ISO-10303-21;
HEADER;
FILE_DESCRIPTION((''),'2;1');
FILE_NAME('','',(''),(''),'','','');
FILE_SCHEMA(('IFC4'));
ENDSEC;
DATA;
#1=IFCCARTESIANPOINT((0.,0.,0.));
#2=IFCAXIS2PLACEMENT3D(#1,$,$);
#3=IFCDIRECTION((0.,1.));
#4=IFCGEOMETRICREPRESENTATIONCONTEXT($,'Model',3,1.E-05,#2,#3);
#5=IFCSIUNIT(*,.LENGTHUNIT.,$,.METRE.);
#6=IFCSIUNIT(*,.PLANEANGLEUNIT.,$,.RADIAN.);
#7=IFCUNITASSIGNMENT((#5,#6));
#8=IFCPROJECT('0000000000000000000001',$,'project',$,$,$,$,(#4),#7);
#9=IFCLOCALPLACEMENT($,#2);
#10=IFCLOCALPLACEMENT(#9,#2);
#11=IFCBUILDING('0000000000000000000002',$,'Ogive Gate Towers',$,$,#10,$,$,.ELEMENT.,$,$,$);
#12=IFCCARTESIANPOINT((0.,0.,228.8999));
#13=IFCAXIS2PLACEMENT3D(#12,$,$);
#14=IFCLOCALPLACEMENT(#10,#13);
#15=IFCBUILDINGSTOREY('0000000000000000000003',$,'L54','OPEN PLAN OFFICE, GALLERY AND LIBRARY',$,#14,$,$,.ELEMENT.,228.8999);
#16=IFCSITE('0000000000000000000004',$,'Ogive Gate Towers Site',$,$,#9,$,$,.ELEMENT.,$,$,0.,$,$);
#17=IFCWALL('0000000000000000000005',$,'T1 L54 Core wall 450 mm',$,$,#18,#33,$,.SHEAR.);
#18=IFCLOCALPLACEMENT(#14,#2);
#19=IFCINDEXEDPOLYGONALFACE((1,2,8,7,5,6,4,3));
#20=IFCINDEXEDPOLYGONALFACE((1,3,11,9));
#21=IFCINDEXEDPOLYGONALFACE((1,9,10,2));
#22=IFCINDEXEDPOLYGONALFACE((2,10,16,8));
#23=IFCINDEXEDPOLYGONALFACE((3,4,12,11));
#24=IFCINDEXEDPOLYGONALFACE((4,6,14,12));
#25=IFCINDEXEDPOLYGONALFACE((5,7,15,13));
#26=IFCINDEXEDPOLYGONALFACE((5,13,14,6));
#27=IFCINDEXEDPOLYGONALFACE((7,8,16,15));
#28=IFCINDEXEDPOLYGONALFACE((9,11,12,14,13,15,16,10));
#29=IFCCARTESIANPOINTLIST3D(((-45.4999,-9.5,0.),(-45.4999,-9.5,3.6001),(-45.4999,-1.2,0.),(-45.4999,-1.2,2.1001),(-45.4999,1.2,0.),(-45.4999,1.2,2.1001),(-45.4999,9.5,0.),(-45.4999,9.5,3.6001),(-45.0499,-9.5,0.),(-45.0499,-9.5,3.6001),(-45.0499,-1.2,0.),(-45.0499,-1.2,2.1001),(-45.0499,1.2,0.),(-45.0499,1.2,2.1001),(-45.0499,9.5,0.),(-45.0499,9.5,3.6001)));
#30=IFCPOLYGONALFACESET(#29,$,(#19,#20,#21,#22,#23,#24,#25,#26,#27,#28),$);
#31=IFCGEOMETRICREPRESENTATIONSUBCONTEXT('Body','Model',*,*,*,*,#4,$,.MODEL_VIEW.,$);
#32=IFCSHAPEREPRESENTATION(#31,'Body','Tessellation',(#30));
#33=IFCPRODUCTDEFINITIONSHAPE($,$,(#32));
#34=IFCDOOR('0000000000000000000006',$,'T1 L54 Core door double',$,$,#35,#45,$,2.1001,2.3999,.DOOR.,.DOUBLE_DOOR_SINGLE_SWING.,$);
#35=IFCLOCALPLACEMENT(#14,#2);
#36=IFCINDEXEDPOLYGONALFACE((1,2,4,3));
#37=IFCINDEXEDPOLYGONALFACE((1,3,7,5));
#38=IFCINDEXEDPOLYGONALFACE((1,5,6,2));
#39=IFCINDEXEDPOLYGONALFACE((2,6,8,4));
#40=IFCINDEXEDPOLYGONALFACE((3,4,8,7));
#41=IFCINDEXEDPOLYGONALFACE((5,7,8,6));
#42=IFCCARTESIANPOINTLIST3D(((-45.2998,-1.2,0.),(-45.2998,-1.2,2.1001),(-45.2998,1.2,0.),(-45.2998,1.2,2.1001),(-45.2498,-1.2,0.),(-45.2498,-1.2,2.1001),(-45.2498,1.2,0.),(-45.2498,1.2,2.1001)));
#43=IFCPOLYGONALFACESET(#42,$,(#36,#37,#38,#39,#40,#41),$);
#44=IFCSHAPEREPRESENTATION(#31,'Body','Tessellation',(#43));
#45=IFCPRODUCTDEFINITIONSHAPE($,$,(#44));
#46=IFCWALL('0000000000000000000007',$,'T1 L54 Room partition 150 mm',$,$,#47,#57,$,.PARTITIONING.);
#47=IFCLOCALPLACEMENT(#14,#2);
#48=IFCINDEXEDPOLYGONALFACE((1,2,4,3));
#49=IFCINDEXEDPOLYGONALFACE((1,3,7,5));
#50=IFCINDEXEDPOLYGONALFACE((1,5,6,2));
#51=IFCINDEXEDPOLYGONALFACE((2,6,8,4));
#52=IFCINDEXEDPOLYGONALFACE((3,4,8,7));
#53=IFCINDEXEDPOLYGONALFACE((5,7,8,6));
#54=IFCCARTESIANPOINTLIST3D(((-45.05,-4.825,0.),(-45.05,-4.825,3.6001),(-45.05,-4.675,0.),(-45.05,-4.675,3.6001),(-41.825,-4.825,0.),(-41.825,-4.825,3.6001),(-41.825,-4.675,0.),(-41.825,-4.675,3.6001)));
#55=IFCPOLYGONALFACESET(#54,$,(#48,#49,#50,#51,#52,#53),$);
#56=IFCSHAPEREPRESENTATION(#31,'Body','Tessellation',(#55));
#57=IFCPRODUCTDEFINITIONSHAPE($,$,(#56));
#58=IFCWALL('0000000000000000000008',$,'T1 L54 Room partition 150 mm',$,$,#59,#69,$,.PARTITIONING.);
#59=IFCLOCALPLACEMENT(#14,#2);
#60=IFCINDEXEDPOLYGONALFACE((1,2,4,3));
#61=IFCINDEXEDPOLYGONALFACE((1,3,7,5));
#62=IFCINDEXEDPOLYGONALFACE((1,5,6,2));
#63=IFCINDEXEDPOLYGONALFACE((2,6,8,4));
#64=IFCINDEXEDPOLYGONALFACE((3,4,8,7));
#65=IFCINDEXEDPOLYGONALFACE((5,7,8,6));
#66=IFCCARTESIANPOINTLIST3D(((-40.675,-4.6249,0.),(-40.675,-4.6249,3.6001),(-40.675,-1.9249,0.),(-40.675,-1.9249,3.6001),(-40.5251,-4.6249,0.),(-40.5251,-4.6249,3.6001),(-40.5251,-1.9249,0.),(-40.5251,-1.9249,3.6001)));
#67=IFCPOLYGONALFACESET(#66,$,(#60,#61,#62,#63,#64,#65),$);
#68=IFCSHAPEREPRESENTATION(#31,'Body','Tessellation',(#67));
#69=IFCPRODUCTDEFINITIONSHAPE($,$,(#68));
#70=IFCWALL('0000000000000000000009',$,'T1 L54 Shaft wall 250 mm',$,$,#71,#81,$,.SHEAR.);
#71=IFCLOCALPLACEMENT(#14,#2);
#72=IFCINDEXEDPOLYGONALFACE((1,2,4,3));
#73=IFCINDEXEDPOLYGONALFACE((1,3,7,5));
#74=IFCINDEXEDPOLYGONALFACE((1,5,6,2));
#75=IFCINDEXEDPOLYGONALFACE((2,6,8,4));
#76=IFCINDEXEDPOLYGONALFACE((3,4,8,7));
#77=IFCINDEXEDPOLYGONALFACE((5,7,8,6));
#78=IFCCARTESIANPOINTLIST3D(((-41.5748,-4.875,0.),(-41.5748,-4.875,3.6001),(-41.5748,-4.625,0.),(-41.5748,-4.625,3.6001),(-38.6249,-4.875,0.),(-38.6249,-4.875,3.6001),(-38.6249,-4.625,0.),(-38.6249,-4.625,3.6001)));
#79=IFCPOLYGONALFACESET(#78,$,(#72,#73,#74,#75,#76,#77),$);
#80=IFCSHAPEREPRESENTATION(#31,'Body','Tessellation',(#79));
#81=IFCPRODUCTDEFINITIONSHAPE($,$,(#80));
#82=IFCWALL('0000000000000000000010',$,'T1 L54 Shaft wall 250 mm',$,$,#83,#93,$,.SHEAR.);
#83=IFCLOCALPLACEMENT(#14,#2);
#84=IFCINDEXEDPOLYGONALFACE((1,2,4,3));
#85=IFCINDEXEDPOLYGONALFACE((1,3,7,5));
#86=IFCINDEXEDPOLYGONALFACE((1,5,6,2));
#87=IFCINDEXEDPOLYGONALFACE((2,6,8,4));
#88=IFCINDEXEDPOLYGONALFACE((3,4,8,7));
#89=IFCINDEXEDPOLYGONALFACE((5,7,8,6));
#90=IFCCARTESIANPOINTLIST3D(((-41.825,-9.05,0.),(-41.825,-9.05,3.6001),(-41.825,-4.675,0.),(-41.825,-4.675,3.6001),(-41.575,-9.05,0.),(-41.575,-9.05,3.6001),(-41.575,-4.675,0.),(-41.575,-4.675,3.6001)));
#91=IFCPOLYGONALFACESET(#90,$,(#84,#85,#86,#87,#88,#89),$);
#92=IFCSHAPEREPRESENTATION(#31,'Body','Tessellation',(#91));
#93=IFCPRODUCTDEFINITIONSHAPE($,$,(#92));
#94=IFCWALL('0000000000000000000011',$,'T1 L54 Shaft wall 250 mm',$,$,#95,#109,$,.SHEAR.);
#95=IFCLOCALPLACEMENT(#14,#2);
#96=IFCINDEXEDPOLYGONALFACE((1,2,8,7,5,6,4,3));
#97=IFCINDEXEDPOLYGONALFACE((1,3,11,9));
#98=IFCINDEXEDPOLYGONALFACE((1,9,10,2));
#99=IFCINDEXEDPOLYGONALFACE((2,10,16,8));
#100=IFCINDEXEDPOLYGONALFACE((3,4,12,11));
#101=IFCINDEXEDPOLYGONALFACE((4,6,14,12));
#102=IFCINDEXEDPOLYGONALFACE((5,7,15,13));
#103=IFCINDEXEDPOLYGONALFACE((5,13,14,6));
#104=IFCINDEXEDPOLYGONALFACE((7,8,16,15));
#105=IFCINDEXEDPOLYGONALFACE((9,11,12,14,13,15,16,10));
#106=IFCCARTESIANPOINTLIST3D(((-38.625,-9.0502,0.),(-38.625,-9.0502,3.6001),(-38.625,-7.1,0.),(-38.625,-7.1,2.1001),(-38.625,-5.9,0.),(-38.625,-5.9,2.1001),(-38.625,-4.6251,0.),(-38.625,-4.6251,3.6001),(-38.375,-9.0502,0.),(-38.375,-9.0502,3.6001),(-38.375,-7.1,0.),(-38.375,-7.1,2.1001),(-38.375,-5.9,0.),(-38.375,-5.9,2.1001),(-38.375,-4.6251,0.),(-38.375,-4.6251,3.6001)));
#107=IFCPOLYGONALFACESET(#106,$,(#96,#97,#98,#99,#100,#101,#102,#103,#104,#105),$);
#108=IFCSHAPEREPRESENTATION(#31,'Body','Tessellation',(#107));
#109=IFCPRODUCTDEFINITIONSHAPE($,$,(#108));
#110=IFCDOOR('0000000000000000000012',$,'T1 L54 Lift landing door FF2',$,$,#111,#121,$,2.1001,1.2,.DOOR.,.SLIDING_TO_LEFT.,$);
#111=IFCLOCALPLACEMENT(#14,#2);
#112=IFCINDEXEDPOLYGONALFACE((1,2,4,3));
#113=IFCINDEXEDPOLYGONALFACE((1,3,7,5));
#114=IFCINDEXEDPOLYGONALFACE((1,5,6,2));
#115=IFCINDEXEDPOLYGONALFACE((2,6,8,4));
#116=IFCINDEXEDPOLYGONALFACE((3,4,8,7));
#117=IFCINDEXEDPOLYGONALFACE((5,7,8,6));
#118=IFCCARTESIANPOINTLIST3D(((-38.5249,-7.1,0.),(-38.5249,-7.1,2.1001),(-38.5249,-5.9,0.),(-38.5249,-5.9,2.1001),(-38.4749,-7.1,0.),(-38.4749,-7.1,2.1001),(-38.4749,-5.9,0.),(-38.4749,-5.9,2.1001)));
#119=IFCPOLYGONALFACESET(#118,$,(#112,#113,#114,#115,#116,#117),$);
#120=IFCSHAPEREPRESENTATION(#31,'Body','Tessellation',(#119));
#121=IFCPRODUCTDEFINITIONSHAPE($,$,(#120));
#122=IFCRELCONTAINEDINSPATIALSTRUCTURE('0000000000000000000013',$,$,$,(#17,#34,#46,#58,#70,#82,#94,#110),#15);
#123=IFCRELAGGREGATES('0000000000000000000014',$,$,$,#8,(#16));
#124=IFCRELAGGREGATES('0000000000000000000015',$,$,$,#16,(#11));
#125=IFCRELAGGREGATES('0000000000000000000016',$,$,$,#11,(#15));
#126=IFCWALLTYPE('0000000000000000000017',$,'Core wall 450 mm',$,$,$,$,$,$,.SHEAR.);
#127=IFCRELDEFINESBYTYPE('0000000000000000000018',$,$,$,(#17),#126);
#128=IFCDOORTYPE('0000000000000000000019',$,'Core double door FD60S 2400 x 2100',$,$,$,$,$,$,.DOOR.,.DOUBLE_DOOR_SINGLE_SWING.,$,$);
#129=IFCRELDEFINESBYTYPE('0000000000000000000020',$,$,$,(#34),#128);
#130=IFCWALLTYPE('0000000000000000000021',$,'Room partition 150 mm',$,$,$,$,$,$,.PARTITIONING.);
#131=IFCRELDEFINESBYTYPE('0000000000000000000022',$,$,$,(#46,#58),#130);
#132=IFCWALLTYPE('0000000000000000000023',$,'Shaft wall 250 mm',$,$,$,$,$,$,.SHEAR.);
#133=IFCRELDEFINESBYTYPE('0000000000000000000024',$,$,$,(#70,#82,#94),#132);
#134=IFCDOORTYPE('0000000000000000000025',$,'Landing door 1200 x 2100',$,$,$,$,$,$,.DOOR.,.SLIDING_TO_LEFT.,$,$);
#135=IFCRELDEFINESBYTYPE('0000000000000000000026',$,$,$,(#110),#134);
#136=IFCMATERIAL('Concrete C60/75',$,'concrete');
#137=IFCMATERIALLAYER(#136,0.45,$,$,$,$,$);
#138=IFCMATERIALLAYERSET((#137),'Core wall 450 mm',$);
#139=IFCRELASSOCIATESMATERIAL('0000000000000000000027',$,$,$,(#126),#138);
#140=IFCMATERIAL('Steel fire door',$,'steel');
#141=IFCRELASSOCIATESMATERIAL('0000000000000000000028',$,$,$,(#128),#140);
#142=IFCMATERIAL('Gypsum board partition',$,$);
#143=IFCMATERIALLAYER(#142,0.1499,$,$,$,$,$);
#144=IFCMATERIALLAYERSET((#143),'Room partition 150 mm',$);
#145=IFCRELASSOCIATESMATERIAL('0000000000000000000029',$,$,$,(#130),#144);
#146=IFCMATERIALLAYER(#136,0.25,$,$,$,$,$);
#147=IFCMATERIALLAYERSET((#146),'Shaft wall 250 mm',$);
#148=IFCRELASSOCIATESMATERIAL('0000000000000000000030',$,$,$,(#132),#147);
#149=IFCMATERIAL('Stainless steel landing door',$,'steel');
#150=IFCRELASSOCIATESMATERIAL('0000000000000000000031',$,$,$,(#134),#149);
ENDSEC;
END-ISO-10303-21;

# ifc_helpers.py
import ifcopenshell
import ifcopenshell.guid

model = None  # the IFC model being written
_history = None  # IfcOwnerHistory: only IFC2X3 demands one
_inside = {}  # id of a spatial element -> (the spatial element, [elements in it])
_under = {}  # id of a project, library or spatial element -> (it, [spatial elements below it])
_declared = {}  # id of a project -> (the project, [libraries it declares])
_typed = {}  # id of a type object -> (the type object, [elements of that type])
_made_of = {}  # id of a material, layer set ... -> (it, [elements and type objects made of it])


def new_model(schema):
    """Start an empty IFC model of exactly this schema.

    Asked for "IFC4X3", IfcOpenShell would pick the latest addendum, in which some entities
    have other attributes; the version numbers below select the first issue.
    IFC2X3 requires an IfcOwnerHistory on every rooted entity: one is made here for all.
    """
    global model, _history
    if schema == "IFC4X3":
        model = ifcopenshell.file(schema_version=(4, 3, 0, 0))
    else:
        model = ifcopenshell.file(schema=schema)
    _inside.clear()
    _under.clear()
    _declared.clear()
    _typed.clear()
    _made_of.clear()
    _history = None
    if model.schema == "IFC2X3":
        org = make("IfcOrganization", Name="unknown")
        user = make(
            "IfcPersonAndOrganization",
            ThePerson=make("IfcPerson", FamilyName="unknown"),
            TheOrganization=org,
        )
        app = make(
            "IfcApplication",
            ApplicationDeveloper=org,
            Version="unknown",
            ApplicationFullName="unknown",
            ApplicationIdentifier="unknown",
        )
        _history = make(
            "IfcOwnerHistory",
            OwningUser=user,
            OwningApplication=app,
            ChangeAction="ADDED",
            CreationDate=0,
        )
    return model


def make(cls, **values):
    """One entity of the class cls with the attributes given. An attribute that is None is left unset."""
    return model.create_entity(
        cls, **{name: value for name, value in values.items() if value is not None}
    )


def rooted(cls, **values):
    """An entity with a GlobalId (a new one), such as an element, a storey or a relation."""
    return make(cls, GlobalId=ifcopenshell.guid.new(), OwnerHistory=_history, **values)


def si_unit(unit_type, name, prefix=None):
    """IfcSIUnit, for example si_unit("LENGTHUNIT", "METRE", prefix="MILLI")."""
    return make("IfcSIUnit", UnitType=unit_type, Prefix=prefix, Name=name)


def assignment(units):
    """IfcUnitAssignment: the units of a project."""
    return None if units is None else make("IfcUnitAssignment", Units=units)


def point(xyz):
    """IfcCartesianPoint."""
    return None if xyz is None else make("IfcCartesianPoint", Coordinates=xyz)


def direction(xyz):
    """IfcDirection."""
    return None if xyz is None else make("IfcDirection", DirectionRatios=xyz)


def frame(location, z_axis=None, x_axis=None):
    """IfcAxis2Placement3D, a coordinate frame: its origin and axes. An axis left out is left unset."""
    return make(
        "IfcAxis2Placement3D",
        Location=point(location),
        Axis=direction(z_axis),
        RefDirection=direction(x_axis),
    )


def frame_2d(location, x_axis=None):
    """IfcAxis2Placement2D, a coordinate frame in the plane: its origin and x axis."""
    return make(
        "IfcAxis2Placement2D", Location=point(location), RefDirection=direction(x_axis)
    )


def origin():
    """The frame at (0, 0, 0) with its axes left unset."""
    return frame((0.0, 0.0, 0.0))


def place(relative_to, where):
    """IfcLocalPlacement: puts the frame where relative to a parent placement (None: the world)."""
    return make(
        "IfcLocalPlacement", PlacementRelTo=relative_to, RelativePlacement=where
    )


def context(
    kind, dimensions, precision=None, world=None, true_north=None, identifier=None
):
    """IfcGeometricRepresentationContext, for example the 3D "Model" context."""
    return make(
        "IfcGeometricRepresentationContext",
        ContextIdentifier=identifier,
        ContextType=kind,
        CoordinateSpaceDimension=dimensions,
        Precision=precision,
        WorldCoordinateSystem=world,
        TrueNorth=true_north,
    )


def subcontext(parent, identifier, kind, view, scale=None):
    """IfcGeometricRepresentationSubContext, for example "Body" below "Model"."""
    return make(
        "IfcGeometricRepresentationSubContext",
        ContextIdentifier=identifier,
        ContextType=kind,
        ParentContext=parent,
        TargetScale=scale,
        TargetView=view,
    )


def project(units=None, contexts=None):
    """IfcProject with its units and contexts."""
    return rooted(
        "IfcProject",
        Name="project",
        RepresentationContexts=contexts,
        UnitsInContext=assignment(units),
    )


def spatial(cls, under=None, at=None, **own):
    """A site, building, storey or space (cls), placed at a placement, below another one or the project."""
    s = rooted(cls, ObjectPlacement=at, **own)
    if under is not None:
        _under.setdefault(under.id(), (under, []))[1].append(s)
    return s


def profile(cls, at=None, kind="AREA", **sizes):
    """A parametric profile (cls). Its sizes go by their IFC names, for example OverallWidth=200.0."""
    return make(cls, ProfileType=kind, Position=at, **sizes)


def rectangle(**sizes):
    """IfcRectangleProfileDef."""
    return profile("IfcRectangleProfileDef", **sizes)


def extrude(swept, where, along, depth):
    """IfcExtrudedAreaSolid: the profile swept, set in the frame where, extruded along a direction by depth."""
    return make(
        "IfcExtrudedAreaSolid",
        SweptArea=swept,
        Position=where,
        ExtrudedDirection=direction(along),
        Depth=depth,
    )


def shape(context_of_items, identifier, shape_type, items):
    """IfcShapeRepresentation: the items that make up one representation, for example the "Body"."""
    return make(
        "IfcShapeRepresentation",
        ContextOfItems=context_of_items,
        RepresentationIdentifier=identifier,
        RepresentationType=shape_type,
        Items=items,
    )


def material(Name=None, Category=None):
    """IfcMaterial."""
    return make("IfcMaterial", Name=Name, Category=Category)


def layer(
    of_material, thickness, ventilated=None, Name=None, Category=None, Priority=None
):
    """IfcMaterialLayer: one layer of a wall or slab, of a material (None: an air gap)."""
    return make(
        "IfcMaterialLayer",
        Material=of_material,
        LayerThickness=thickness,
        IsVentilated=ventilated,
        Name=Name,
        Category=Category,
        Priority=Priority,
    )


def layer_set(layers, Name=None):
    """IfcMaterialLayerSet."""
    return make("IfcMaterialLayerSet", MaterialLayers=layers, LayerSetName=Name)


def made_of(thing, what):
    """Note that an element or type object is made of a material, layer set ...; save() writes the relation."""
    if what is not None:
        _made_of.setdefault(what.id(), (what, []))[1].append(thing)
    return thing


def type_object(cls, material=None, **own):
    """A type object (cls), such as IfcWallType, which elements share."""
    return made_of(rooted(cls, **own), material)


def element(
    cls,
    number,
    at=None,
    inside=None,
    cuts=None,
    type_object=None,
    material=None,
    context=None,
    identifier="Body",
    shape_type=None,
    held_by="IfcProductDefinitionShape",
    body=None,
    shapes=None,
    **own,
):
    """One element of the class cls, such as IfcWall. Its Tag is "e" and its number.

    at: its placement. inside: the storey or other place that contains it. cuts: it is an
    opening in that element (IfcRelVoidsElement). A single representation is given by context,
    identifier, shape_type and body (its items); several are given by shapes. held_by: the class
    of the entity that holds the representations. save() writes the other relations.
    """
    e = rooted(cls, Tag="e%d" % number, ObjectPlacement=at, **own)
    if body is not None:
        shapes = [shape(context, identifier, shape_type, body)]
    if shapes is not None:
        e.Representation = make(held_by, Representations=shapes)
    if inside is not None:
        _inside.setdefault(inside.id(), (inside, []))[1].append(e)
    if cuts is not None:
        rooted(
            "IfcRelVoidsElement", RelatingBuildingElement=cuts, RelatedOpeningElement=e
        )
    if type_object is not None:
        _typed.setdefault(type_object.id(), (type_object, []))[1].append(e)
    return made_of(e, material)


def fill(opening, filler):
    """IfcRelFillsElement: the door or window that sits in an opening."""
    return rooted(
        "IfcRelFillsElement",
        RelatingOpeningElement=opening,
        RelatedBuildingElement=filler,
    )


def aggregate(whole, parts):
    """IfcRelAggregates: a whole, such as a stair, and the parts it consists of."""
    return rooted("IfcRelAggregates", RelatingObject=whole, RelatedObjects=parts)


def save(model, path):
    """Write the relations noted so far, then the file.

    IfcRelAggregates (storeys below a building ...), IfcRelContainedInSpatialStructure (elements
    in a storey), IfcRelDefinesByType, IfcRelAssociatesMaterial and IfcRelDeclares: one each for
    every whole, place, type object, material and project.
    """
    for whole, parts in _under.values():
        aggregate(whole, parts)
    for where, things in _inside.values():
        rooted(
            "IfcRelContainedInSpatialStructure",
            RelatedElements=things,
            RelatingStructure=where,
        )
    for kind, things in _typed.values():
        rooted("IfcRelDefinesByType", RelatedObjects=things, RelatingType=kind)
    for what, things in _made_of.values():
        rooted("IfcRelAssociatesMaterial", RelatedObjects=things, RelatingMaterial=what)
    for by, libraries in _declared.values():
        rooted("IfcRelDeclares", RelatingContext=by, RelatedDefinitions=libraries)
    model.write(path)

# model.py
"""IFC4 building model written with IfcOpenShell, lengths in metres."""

from ifc_helpers import new_model, si_unit, direction, frame, frame_2d, origin, place, context, subcontext, project, spatial, rectangle, extrude, material, layer, layer_set, type_object, element, fill, save


model = new_model("IFC4")

# Units and contexts
model_context = context("Model", 3, precision=1e-05, world=origin(), true_north=direction((0.0, 1.0)))
body_context = subcontext(model_context, "Body", "Model", "MODEL_VIEW")
ifc_project = project(units=[si_unit("LENGTHUNIT", "METRE"), si_unit("PLANEANGLEUNIT", "RADIAN")], contexts=[model_context])

# Site, building, storey
site_placement = place(None, origin())
site = spatial("IfcSite", under=ifc_project, at=site_placement, Name="Ogive Gate Towers Site", CompositionType="ELEMENT", RefElevation=0.0)
building_placement = place(site_placement, origin())
building = spatial("IfcBuilding", under=site, at=building_placement, Name="Ogive Gate Towers", CompositionType="ELEMENT")
storey_placement = place(building_placement, frame((0.0, 0.0, 228.8999)))
storey = spatial("IfcBuildingStorey", under=building, at=storey_placement, Name="L54", Description="OPEN PLAN OFFICE, GALLERY AND LIBRARY", CompositionType="ELEMENT", Elevation=228.8999)

# Shared definitions
ifc_material_1 = material(Name="Concrete C60/75", Category="concrete")
ifc_layer_1 = layer(ifc_material_1, 0.45)
ifc_layer_set_1 = layer_set([ifc_layer_1], Name="Core wall 450 mm")
wall_type_1 = type_object("IfcWallType", Name="Core wall 450 mm", PredefinedType="SHEAR", material=ifc_layer_set_1)
ifc_material_2 = material(Name="Steel fire door", Category="steel")

# Wall, opening, door
wall_1_placement = place(storey_placement, frame((-45.2749, -9.5, 0.0), z_axis=(0.0, 0.0, 1.0), x_axis=(0.0, 1.0, 0.0)))
wall_1 = element("IfcWall", 1, at=wall_1_placement, inside=storey, type_object=wall_type_1, Name="T1 L54 Core wall 450 mm", PredefinedType="SHEAR", context=body_context, shape_type="SweptSolid", body=[
    extrude(rectangle(XDim=19.0, YDim=0.45, at=frame_2d((9.5, 0.0))), origin(), (0.0, 0.0, 1.0), 3.6001),
])
opening_1_placement = place(wall_1_placement, frame((8.3, 0.0, 0.0)))
opening_1 = element("IfcOpeningElement", 2, at=opening_1_placement, cuts=wall_1, PredefinedType="OPENING", context=body_context, shape_type="SweptSolid", body=[
    extrude(rectangle(XDim=2.3999, YDim=2.1001, at=frame_2d((1.2, 1.05))), frame((0.0, 0.2349, 0.0), z_axis=(0.0, -1.0, 0.0), x_axis=(1.0, 0.0, 0.0)), (0.0, 0.0, 1.0), 0.47),
])
door_type_1 = type_object("IfcDoorType", Name="Core double door FD60S 2400 x 2100", OperationType="DOUBLE_DOOR_SINGLE_SWING", PredefinedType="DOOR", material=ifc_material_2)
door_1_placement = place(opening_1_placement, origin())
door_1 = element("IfcDoor", 3, at=door_1_placement, inside=storey, type_object=door_type_1, Name="T1 L54 Core door double", OperationType="DOUBLE_DOOR_SINGLE_SWING", OverallHeight=2.1001, OverallWidth=2.3999, PredefinedType="DOOR", context=body_context, shape_type="SweptSolid", body=[
    extrude(rectangle(XDim=2.3999, YDim=2.1001, at=frame_2d((1.2, 1.05))), frame((0.0, 0.0249, 0.0), z_axis=(0.0, -1.0, 0.0), x_axis=(1.0, 0.0, 0.0)), (0.0, 0.0, 1.0), 0.05),
])
fill(opening_1, door_1)

# Walls
ifc_material_3 = material(Name="Gypsum board partition")
ifc_layer_2 = layer(ifc_material_3, 0.1499)
ifc_layer_set_2 = layer_set([ifc_layer_2], Name="Room partition 150 mm")
wall_type_2 = type_object("IfcWallType", Name="Room partition 150 mm", PredefinedType="PARTITIONING", material=ifc_layer_set_2)
wall_2_placement = place(storey_placement, frame((-45.05, -4.75, 0.0), z_axis=(0.0, 0.0, 1.0), x_axis=(1.0, 0.0, 0.0)))
element("IfcWall", 4, at=wall_2_placement, inside=storey, type_object=wall_type_2, Name="T1 L54 Room partition 150 mm", PredefinedType="PARTITIONING", context=body_context, shape_type="SweptSolid", body=[
    extrude(rectangle(XDim=3.2251, YDim=0.1499, at=frame_2d((1.6125, 0.0))), origin(), (0.0, 0.0, 1.0), 3.6001),
])
wall_3_placement = place(storey_placement, frame((-40.6001, -4.625, 0.0), z_axis=(0.0, 0.0, 1.0), x_axis=(0.0, 1.0, 0.0)))
element("IfcWall", 5, at=wall_3_placement, inside=storey, type_object=wall_type_2, Name="T1 L54 Room partition 150 mm", PredefinedType="PARTITIONING", context=body_context, shape_type="SweptSolid", body=[
    extrude(rectangle(XDim=2.7, YDim=0.1499, at=frame_2d((1.3501, 0.0))), origin(), (0.0, 0.0, 1.0), 3.6001),
])
ifc_layer_3 = layer(ifc_material_1, 0.25)
ifc_layer_set_3 = layer_set([ifc_layer_3], Name="Shaft wall 250 mm")
wall_type_3 = type_object("IfcWallType", Name="Shaft wall 250 mm", PredefinedType="SHEAR", material=ifc_layer_set_3)
wall_4_placement = place(storey_placement, frame((-41.575, -4.75, 0.0), z_axis=(0.0, 0.0, 1.0), x_axis=(1.0, 0.0, 0.0)))
element("IfcWall", 6, at=wall_4_placement, inside=storey, type_object=wall_type_3, Name="T1 L54 Shaft wall 250 mm", PredefinedType="SHEAR", context=body_context, shape_type="SweptSolid", body=[
    extrude(rectangle(XDim=2.95, YDim=0.25, at=frame_2d((1.4751, 0.0))), origin(), (0.0, 0.0, 1.0), 3.6001),
])
wall_5_placement = place(storey_placement, frame((-41.7, -9.05, 0.0), z_axis=(0.0, 0.0, 1.0), x_axis=(0.0, 1.0, 0.0)))
element("IfcWall", 7, at=wall_5_placement, inside=storey, type_object=wall_type_3, Name="T1 L54 Shaft wall 250 mm", PredefinedType="SHEAR", context=body_context, shape_type="SweptSolid", body=[
    extrude(rectangle(XDim=4.375, YDim=0.25, at=frame_2d((2.1875, 0.0))), origin(), (0.0, 0.0, 1.0), 3.6001),
])

# Wall, opening, door
wall_6_placement = place(storey_placement, frame((-38.5, -9.05, 0.0), z_axis=(0.0, 0.0, 1.0), x_axis=(0.0, 1.0, 0.0)))
wall_6 = element("IfcWall", 8, at=wall_6_placement, inside=storey, type_object=wall_type_3, Name="T1 L54 Shaft wall 250 mm", PredefinedType="SHEAR", context=body_context, shape_type="SweptSolid", body=[
    extrude(rectangle(XDim=4.425, YDim=0.25, at=frame_2d((2.2124, 0.0))), origin(), (0.0, 0.0, 1.0), 3.6001),
])
opening_2_placement = place(wall_6_placement, frame((1.95, 0.0, 0.0)))
opening_2 = element("IfcOpeningElement", 9, at=opening_2_placement, cuts=wall_6, PredefinedType="OPENING", context=body_context, shape_type="SweptSolid", body=[
    extrude(rectangle(XDim=1.2, YDim=2.1001, at=frame_2d((0.6001, 1.05))), frame((0.0, 0.135, 0.0), z_axis=(0.0, -1.0, 0.0), x_axis=(1.0, 0.0, 0.0)), (0.0, 0.0, 1.0), 0.27),
])
ifc_material_4 = material(Name="Stainless steel landing door", Category="steel")
door_type_2 = type_object("IfcDoorType", Name="Landing door 1200 x 2100", OperationType="SLIDING_TO_LEFT", PredefinedType="DOOR", material=ifc_material_4)
door_2_placement = place(opening_2_placement, origin())
door_2 = element("IfcDoor", 10, at=door_2_placement, inside=storey, type_object=door_type_2, Name="T1 L54 Lift landing door FF2", OperationType="SLIDING_TO_LEFT", OverallHeight=2.1001, OverallWidth=1.2, PredefinedType="DOOR", context=body_context, shape_type="SweptSolid", body=[
    extrude(rectangle(XDim=1.2, YDim=2.1001, at=frame_2d((0.6001, 1.05))), frame((0.0, 0.0249, 0.0), z_axis=(0.0, -1.0, 0.0), x_axis=(1.0, 0.0, 0.0)), (0.0, 0.0, 1.0), 0.05),
])
fill(opening_2, door_2)

save(model, "model.ifc")
